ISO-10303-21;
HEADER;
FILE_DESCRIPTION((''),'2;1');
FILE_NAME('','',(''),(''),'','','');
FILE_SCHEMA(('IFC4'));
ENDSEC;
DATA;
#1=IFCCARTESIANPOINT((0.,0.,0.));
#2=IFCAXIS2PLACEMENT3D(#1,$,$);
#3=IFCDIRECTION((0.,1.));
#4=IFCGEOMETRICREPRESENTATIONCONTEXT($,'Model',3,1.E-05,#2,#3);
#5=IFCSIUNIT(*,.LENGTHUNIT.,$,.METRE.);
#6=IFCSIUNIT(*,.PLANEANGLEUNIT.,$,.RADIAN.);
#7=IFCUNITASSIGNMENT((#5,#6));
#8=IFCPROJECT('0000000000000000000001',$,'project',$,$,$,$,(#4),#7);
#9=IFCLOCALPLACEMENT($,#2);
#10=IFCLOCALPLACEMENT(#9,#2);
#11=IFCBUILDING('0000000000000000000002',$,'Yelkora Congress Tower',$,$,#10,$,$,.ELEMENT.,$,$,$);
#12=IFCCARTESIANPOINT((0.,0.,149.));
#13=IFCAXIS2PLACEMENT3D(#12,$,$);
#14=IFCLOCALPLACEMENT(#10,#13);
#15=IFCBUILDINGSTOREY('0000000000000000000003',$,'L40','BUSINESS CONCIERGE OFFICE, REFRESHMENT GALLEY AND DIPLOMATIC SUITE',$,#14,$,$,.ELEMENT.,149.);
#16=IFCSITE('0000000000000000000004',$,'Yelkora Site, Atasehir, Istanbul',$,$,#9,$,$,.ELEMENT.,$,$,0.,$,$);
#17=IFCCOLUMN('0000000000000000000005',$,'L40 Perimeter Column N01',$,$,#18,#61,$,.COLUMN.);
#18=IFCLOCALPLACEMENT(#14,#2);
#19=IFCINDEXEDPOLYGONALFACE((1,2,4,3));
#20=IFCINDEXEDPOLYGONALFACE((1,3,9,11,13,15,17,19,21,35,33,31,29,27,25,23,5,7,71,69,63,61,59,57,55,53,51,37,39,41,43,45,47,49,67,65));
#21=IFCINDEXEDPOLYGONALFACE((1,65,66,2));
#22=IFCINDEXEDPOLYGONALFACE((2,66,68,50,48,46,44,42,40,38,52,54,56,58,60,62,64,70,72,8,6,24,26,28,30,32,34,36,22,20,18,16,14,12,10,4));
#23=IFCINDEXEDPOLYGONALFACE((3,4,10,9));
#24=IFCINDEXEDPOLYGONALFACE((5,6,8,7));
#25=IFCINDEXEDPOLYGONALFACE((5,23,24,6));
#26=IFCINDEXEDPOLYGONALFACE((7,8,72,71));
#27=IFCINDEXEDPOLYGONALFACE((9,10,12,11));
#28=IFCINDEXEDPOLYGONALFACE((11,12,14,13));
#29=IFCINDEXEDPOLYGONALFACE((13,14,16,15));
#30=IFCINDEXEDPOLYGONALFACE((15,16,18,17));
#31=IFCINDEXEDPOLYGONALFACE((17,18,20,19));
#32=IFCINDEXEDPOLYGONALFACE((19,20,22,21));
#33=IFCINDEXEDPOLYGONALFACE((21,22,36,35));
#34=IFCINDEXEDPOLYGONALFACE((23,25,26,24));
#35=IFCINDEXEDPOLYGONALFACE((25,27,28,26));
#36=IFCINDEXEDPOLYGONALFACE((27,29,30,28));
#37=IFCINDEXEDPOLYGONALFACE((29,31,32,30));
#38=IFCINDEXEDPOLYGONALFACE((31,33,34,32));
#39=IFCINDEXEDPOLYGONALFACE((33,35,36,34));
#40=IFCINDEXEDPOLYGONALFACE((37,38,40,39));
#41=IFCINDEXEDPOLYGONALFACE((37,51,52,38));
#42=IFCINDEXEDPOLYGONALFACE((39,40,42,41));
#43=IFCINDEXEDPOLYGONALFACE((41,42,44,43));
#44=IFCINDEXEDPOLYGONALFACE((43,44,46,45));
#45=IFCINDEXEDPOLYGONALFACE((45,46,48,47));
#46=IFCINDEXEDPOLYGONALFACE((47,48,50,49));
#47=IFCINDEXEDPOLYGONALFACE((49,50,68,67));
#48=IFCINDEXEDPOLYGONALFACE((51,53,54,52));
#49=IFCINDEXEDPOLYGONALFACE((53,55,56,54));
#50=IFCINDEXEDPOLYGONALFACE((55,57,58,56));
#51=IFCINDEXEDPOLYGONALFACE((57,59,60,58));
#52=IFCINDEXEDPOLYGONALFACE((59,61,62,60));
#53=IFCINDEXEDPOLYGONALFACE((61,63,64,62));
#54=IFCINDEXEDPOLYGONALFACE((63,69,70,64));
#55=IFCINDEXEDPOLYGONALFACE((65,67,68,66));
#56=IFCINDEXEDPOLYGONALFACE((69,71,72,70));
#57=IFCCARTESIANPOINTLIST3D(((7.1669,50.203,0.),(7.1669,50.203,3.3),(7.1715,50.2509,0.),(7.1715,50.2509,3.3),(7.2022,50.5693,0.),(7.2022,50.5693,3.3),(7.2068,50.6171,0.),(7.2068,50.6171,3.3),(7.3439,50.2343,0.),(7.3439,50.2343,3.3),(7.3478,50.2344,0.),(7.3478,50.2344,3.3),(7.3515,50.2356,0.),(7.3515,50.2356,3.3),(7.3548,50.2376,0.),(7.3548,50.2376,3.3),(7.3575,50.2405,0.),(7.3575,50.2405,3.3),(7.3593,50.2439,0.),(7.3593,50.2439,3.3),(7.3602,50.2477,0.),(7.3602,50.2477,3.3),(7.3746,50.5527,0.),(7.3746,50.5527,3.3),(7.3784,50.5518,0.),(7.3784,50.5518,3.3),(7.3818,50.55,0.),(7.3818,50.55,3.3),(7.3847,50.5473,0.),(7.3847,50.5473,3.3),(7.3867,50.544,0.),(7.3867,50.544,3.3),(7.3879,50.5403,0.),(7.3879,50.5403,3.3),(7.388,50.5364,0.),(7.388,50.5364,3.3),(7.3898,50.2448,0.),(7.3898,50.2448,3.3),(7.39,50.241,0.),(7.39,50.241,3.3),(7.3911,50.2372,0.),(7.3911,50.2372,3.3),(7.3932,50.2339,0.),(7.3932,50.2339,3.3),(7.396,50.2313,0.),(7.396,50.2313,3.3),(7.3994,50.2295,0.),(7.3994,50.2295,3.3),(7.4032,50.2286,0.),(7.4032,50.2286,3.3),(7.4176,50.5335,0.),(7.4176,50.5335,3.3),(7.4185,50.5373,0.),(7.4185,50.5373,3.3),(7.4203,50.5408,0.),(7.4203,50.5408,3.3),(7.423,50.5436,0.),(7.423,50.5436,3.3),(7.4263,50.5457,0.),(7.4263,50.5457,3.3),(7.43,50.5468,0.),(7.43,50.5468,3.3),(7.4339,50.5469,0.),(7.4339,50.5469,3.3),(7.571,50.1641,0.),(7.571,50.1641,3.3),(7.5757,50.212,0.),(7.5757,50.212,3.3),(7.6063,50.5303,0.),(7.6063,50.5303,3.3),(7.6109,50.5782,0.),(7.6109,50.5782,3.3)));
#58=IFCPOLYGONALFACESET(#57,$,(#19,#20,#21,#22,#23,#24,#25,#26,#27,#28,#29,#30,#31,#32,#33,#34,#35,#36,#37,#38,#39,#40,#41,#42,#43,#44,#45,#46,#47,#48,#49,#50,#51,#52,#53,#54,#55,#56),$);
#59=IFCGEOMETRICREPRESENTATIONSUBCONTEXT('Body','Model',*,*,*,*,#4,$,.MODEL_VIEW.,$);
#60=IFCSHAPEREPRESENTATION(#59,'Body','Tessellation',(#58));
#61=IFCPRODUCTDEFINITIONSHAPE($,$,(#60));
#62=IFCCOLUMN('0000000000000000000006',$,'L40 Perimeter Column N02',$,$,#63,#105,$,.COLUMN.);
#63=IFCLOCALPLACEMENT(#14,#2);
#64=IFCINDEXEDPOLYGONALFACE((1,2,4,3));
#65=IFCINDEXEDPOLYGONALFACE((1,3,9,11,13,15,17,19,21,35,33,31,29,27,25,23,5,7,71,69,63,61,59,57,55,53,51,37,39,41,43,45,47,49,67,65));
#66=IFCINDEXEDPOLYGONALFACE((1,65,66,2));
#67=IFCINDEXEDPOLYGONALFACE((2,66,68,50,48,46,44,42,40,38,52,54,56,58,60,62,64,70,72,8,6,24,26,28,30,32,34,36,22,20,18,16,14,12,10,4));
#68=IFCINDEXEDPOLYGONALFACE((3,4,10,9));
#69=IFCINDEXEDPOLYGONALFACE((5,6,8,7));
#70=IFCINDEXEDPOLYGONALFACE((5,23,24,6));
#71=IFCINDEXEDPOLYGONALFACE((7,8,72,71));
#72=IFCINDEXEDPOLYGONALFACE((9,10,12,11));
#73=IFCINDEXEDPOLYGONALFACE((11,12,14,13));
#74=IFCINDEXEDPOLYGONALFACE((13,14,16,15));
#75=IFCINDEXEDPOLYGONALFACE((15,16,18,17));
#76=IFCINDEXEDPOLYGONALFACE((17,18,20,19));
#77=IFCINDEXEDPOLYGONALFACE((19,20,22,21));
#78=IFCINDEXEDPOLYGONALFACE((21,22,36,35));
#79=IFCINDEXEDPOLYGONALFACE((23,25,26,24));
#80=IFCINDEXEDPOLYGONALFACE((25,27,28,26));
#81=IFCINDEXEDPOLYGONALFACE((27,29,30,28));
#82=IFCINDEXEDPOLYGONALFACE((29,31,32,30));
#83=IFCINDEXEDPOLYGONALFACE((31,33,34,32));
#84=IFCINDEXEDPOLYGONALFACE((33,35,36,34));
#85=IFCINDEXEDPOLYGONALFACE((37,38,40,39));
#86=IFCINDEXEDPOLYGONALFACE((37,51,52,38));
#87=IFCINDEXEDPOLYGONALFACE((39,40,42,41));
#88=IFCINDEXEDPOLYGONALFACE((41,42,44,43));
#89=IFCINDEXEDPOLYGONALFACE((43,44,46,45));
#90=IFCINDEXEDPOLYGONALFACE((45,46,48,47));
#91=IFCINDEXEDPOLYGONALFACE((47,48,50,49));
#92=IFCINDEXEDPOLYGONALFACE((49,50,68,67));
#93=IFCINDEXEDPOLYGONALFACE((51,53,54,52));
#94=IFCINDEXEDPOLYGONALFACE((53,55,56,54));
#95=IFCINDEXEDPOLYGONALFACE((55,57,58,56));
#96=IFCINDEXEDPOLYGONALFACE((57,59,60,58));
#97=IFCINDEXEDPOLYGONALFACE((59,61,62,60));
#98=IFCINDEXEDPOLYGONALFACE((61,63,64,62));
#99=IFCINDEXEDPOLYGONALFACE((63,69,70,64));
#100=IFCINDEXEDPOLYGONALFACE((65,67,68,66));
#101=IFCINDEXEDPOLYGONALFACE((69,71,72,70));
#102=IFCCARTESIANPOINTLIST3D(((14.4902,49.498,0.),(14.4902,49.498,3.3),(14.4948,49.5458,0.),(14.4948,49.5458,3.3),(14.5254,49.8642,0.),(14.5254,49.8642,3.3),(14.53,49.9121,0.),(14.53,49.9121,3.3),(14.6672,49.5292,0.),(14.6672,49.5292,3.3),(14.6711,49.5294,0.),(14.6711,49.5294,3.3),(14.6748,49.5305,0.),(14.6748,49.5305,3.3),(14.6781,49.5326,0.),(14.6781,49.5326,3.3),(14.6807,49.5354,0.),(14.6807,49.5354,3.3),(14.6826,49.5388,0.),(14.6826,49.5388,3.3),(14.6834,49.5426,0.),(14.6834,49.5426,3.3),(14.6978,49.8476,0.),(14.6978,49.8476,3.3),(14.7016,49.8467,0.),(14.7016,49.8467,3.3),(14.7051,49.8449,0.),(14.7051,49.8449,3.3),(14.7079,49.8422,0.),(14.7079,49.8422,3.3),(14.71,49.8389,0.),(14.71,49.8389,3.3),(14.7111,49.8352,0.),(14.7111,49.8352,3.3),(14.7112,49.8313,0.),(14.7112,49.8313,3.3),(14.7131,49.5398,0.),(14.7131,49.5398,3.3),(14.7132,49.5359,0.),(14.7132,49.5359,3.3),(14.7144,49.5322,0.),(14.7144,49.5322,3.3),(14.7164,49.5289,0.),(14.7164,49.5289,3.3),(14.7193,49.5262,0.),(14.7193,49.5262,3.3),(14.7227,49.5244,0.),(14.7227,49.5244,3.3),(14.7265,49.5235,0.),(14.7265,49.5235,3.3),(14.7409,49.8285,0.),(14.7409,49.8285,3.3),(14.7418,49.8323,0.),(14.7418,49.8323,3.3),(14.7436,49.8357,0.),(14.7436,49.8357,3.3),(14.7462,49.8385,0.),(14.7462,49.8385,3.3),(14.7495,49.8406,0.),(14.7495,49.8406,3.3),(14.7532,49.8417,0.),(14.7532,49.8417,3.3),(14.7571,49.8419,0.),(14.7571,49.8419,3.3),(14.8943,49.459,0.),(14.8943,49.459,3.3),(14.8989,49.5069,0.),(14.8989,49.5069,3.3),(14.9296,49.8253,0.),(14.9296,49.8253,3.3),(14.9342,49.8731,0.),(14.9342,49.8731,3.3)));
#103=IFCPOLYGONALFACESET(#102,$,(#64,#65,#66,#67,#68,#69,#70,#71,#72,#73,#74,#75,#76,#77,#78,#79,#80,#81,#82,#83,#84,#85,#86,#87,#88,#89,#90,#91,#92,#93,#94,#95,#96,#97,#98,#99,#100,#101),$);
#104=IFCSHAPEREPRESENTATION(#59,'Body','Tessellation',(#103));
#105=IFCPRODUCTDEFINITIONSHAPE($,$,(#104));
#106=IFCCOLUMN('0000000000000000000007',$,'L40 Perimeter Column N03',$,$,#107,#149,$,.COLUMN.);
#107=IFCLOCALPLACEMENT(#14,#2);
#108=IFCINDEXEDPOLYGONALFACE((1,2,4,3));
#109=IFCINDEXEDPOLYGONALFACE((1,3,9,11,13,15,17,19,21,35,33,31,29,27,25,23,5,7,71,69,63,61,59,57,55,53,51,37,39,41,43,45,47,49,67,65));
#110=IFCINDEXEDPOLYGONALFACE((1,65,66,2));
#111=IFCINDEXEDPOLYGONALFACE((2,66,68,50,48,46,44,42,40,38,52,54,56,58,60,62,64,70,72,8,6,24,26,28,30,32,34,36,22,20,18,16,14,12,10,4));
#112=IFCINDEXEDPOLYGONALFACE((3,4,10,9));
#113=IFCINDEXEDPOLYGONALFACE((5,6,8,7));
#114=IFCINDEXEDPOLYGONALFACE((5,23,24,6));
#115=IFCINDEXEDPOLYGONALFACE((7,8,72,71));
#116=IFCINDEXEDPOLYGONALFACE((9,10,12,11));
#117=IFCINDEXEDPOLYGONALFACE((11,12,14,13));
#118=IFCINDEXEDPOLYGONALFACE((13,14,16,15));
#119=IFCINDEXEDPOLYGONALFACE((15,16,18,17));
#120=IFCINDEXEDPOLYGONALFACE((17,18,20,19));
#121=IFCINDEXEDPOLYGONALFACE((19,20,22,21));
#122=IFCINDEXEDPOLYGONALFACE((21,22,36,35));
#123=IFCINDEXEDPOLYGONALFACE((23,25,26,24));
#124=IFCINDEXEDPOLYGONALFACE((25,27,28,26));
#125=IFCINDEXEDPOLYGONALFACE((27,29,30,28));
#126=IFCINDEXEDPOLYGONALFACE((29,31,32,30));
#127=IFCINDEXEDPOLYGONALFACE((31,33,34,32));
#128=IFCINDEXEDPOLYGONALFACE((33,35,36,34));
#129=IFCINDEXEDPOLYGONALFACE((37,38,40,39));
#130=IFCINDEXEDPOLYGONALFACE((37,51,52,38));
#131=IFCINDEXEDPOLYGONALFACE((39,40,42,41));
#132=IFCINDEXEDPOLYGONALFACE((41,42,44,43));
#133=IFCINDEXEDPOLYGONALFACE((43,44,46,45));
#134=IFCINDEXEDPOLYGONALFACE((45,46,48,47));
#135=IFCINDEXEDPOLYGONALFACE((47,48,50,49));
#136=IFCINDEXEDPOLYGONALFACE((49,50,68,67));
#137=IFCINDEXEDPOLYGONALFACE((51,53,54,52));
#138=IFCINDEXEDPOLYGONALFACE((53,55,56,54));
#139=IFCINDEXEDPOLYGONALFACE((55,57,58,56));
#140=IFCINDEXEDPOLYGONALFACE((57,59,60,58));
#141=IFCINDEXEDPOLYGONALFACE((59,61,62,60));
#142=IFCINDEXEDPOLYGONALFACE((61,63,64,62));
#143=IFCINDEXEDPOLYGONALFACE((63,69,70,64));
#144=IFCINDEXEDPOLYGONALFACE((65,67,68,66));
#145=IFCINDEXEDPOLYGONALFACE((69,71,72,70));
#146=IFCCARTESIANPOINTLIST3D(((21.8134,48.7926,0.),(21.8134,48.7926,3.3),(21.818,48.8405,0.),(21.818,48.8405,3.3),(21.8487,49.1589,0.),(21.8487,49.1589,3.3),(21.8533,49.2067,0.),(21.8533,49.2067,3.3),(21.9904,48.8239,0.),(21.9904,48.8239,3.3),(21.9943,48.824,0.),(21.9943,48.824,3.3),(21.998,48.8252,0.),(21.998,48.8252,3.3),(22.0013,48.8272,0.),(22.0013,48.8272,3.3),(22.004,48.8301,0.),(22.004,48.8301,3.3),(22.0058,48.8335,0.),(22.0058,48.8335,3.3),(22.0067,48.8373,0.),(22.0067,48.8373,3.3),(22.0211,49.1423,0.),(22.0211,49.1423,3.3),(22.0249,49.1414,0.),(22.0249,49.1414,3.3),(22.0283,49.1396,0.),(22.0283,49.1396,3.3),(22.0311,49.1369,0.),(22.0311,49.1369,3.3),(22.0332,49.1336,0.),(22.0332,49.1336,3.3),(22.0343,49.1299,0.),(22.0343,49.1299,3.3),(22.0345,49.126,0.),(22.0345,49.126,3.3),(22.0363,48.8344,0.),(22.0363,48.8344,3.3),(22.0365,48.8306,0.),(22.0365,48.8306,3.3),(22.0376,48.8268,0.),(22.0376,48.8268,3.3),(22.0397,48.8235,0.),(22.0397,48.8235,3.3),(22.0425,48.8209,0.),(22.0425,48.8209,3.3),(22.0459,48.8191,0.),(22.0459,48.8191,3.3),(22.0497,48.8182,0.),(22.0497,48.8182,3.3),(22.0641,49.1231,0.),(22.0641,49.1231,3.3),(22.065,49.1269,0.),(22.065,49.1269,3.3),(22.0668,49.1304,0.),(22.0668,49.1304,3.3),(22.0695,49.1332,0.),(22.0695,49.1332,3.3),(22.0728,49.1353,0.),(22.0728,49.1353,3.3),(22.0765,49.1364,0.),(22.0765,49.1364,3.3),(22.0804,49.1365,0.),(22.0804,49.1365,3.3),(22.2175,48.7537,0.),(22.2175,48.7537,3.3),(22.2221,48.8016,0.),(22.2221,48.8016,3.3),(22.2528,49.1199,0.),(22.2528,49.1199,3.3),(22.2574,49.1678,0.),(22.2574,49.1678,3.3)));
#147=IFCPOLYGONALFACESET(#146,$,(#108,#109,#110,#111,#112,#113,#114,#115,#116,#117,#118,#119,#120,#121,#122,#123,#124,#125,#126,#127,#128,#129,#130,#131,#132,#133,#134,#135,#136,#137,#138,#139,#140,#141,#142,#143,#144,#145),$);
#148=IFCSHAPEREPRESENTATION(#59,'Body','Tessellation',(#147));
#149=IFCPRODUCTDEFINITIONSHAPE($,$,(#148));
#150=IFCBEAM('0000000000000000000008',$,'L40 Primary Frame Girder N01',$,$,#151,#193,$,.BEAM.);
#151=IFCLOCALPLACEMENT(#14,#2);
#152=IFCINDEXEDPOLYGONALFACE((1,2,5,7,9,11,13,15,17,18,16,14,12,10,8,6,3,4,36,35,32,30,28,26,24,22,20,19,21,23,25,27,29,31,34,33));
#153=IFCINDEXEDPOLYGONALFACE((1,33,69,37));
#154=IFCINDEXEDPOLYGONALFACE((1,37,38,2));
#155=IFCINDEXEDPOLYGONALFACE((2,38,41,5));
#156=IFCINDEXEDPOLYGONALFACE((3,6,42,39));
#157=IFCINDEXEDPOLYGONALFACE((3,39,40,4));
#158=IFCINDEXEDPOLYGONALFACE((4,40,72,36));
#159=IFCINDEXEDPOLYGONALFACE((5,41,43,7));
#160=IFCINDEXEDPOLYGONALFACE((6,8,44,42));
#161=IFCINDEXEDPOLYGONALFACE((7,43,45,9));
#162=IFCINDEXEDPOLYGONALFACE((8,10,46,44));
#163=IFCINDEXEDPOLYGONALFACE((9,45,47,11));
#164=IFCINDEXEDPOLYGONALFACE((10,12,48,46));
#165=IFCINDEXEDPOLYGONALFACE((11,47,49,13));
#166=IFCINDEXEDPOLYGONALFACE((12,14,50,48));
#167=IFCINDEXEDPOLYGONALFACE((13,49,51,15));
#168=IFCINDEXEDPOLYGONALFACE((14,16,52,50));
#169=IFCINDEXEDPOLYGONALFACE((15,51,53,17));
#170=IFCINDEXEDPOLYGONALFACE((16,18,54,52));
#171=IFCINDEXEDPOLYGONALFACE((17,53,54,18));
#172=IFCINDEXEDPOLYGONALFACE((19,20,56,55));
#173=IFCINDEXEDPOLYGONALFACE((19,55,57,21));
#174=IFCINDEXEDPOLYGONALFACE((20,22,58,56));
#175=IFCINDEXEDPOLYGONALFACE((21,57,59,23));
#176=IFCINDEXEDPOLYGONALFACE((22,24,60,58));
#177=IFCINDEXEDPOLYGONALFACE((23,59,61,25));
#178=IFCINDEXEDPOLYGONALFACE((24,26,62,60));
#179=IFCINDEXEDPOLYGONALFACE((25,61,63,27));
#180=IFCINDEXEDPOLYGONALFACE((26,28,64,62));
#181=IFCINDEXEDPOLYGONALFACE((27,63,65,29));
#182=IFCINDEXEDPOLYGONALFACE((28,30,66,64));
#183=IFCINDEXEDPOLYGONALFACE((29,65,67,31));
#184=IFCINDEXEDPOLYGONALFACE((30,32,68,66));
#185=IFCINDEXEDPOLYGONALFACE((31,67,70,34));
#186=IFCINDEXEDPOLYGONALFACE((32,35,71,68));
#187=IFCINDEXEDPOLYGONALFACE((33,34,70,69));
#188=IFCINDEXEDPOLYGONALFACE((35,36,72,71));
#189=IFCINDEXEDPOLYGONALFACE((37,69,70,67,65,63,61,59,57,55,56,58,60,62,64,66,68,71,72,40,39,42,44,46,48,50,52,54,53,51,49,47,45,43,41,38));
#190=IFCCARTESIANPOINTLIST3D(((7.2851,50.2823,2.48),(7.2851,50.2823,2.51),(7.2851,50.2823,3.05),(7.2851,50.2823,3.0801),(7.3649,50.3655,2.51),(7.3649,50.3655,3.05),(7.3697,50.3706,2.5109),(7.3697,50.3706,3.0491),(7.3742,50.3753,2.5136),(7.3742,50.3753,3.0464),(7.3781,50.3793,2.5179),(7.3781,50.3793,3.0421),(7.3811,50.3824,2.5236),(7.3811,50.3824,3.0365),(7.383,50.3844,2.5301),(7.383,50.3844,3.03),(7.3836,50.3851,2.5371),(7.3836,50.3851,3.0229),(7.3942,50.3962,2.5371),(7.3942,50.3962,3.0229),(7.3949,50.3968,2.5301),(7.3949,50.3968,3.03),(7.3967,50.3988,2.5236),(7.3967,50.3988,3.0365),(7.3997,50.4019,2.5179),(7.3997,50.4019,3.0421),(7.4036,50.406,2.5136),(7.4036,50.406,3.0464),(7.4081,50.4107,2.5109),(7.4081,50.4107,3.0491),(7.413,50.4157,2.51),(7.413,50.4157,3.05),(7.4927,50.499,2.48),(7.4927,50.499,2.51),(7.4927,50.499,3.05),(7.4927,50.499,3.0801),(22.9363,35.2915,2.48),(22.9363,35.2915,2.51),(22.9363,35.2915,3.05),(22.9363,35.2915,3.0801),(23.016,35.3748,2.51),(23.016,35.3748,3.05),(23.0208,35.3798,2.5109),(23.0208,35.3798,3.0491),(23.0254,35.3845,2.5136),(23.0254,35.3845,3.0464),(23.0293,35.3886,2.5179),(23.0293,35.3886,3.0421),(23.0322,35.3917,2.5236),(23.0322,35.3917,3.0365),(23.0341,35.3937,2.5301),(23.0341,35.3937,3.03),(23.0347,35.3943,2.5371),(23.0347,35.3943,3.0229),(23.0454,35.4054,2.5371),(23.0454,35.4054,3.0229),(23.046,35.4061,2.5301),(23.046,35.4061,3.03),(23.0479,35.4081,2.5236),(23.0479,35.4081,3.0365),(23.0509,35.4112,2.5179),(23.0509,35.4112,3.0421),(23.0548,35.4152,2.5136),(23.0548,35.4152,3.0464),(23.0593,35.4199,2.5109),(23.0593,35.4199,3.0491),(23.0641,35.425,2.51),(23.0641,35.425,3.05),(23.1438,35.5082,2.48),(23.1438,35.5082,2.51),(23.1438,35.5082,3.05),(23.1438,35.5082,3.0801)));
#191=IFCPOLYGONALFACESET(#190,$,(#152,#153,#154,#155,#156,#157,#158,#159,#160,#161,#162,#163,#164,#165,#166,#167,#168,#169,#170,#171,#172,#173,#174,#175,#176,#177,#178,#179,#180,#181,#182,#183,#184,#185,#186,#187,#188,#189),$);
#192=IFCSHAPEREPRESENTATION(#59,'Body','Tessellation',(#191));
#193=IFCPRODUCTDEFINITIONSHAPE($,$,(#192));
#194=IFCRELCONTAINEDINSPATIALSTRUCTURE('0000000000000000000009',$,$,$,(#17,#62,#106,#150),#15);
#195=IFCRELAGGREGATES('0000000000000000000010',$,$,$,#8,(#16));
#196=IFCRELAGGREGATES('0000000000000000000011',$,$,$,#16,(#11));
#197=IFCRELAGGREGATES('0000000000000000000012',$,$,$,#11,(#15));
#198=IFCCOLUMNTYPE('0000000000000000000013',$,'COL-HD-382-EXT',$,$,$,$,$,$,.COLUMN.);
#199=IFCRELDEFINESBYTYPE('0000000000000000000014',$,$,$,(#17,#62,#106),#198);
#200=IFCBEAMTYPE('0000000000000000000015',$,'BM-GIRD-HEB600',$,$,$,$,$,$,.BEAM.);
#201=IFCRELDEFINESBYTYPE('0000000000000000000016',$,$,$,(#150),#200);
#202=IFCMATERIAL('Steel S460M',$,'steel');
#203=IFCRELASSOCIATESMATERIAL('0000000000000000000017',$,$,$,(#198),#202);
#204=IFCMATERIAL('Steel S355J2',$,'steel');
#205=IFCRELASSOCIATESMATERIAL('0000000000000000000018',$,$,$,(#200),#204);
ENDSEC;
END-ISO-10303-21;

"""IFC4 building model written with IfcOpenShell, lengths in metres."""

from ifc_helpers import new_model, si_unit, direction, frame, origin, origin_2d, place, context, subcontext, project, spatial, i_section, extrude, material, material_profile, profile_set, type_object, element, save


model = new_model("IFC4")

# Units and contexts
model_context = context("Model", 3, precision=1e-05, world=origin(), true_north=direction((0.0, 1.0)))
body_context = subcontext(model_context, "Body", "Model", "MODEL_VIEW")
ifc_project = project(units=[si_unit("LENGTHUNIT", "METRE"), si_unit("PLANEANGLEUNIT", "RADIAN")], contexts=[model_context])

# Site, building, storey
site_placement = place(None, origin())
site = spatial("IfcSite", under=ifc_project, at=site_placement, Name="Yelkora Site, Atasehir, Istanbul", CompositionType="ELEMENT", RefElevation=0.0)
building_placement = place(site_placement, origin())
building = spatial("IfcBuilding", under=site, at=building_placement, Name="Yelkora Congress Tower", CompositionType="ELEMENT")
storey_placement = place(building_placement, frame((0.0, 0.0, 149.0)))
storey = spatial("IfcBuildingStorey", under=building, at=storey_placement, Name="L40", Description="BUSINESS CONCIERGE OFFICE, REFRESHMENT GALLEY AND DIPLOMATIC SUITE", CompositionType="ELEMENT", Elevation=149.0)

# Columns
ifc_material_1 = material(Name="Steel S460M", Category="steel")
ifc_material_profile_1 = material_profile(ifc_material_1, i_section(OverallWidth=0.406, OverallDepth=0.416, WebThickness=0.0298, FlangeThickness=0.0481, FilletRadius=0.0149, at=origin_2d()), Name="HD 400x382")
ifc_profile_set_1 = profile_set([ifc_material_profile_1], Name="Steel S460M")
column_type = type_object("IfcColumnType", Name="COL-HD-382-EXT", PredefinedType="COLUMN", material=ifc_profile_set_1)
for number, where, z_axis, x_axis, name in (
    (1, (7.3889, 50.3906, 0.0), (0.0, 0.0, 1.0), (0.995396, -0.095846, 0.0), "L40 Perimeter Column N01"),
    (2, (14.7122, 49.6855, 0.0), (0.0, 0.0, 1.0), (0.995396, -0.095846, 0.0), "L40 Perimeter Column N02"),
    (3, (22.0354, 48.9802, 0.0), (0.0, 0.0, 1.0), (0.995396, -0.095846, 0.0), "L40 Perimeter Column N03"),
):
    element("IfcColumn", number, at=place(storey_placement, frame(where, z_axis=z_axis, x_axis=x_axis)), inside=storey, type_object=column_type, Name=name, PredefinedType="COLUMN", context=body_context, shape_type="SweptSolid", body=[
        extrude(i_section(OverallWidth=0.406, OverallDepth=0.416, WebThickness=0.0298, FlangeThickness=0.0481, FilletRadius=0.0149, at=origin_2d()), origin(), (0.0, 0.0, 1.0), 3.3),
    ])

# Beam
ifc_material_2 = material(Name="Steel S355J2", Category="steel")
ifc_material_profile_2 = material_profile(ifc_material_2, i_section(OverallWidth=0.3, OverallDepth=0.6001, WebThickness=0.0154, FlangeThickness=0.03, FilletRadius=0.0271, at=origin_2d()), Name="HEB 600")
ifc_profile_set_2 = profile_set([ifc_material_profile_2], Name="Steel S355J2")
beam_type_1 = type_object("IfcBeamType", Name="BM-GIRD-HEB600", PredefinedType="BEAM", material=ifc_profile_set_2)
beam_1_placement = place(storey_placement, frame((7.3889, 50.3906, 2.78), z_axis=(0.722179, -0.691706, 0.0), x_axis=(0.691706, 0.722179, 0.0)))
element("IfcBeam", 4, at=beam_1_placement, inside=storey, type_object=beam_type_1, Name="L40 Primary Frame Girder N01", PredefinedType="BEAM", context=body_context, shape_type="SweptSolid", body=[
    extrude(i_section(OverallWidth=0.3, OverallDepth=0.6001, WebThickness=0.0154, FlangeThickness=0.03, FilletRadius=0.0271, at=origin_2d()), origin(), (0.0, 0.0, 1.0), 21.6721),
])

save(model, "model.ifc")
